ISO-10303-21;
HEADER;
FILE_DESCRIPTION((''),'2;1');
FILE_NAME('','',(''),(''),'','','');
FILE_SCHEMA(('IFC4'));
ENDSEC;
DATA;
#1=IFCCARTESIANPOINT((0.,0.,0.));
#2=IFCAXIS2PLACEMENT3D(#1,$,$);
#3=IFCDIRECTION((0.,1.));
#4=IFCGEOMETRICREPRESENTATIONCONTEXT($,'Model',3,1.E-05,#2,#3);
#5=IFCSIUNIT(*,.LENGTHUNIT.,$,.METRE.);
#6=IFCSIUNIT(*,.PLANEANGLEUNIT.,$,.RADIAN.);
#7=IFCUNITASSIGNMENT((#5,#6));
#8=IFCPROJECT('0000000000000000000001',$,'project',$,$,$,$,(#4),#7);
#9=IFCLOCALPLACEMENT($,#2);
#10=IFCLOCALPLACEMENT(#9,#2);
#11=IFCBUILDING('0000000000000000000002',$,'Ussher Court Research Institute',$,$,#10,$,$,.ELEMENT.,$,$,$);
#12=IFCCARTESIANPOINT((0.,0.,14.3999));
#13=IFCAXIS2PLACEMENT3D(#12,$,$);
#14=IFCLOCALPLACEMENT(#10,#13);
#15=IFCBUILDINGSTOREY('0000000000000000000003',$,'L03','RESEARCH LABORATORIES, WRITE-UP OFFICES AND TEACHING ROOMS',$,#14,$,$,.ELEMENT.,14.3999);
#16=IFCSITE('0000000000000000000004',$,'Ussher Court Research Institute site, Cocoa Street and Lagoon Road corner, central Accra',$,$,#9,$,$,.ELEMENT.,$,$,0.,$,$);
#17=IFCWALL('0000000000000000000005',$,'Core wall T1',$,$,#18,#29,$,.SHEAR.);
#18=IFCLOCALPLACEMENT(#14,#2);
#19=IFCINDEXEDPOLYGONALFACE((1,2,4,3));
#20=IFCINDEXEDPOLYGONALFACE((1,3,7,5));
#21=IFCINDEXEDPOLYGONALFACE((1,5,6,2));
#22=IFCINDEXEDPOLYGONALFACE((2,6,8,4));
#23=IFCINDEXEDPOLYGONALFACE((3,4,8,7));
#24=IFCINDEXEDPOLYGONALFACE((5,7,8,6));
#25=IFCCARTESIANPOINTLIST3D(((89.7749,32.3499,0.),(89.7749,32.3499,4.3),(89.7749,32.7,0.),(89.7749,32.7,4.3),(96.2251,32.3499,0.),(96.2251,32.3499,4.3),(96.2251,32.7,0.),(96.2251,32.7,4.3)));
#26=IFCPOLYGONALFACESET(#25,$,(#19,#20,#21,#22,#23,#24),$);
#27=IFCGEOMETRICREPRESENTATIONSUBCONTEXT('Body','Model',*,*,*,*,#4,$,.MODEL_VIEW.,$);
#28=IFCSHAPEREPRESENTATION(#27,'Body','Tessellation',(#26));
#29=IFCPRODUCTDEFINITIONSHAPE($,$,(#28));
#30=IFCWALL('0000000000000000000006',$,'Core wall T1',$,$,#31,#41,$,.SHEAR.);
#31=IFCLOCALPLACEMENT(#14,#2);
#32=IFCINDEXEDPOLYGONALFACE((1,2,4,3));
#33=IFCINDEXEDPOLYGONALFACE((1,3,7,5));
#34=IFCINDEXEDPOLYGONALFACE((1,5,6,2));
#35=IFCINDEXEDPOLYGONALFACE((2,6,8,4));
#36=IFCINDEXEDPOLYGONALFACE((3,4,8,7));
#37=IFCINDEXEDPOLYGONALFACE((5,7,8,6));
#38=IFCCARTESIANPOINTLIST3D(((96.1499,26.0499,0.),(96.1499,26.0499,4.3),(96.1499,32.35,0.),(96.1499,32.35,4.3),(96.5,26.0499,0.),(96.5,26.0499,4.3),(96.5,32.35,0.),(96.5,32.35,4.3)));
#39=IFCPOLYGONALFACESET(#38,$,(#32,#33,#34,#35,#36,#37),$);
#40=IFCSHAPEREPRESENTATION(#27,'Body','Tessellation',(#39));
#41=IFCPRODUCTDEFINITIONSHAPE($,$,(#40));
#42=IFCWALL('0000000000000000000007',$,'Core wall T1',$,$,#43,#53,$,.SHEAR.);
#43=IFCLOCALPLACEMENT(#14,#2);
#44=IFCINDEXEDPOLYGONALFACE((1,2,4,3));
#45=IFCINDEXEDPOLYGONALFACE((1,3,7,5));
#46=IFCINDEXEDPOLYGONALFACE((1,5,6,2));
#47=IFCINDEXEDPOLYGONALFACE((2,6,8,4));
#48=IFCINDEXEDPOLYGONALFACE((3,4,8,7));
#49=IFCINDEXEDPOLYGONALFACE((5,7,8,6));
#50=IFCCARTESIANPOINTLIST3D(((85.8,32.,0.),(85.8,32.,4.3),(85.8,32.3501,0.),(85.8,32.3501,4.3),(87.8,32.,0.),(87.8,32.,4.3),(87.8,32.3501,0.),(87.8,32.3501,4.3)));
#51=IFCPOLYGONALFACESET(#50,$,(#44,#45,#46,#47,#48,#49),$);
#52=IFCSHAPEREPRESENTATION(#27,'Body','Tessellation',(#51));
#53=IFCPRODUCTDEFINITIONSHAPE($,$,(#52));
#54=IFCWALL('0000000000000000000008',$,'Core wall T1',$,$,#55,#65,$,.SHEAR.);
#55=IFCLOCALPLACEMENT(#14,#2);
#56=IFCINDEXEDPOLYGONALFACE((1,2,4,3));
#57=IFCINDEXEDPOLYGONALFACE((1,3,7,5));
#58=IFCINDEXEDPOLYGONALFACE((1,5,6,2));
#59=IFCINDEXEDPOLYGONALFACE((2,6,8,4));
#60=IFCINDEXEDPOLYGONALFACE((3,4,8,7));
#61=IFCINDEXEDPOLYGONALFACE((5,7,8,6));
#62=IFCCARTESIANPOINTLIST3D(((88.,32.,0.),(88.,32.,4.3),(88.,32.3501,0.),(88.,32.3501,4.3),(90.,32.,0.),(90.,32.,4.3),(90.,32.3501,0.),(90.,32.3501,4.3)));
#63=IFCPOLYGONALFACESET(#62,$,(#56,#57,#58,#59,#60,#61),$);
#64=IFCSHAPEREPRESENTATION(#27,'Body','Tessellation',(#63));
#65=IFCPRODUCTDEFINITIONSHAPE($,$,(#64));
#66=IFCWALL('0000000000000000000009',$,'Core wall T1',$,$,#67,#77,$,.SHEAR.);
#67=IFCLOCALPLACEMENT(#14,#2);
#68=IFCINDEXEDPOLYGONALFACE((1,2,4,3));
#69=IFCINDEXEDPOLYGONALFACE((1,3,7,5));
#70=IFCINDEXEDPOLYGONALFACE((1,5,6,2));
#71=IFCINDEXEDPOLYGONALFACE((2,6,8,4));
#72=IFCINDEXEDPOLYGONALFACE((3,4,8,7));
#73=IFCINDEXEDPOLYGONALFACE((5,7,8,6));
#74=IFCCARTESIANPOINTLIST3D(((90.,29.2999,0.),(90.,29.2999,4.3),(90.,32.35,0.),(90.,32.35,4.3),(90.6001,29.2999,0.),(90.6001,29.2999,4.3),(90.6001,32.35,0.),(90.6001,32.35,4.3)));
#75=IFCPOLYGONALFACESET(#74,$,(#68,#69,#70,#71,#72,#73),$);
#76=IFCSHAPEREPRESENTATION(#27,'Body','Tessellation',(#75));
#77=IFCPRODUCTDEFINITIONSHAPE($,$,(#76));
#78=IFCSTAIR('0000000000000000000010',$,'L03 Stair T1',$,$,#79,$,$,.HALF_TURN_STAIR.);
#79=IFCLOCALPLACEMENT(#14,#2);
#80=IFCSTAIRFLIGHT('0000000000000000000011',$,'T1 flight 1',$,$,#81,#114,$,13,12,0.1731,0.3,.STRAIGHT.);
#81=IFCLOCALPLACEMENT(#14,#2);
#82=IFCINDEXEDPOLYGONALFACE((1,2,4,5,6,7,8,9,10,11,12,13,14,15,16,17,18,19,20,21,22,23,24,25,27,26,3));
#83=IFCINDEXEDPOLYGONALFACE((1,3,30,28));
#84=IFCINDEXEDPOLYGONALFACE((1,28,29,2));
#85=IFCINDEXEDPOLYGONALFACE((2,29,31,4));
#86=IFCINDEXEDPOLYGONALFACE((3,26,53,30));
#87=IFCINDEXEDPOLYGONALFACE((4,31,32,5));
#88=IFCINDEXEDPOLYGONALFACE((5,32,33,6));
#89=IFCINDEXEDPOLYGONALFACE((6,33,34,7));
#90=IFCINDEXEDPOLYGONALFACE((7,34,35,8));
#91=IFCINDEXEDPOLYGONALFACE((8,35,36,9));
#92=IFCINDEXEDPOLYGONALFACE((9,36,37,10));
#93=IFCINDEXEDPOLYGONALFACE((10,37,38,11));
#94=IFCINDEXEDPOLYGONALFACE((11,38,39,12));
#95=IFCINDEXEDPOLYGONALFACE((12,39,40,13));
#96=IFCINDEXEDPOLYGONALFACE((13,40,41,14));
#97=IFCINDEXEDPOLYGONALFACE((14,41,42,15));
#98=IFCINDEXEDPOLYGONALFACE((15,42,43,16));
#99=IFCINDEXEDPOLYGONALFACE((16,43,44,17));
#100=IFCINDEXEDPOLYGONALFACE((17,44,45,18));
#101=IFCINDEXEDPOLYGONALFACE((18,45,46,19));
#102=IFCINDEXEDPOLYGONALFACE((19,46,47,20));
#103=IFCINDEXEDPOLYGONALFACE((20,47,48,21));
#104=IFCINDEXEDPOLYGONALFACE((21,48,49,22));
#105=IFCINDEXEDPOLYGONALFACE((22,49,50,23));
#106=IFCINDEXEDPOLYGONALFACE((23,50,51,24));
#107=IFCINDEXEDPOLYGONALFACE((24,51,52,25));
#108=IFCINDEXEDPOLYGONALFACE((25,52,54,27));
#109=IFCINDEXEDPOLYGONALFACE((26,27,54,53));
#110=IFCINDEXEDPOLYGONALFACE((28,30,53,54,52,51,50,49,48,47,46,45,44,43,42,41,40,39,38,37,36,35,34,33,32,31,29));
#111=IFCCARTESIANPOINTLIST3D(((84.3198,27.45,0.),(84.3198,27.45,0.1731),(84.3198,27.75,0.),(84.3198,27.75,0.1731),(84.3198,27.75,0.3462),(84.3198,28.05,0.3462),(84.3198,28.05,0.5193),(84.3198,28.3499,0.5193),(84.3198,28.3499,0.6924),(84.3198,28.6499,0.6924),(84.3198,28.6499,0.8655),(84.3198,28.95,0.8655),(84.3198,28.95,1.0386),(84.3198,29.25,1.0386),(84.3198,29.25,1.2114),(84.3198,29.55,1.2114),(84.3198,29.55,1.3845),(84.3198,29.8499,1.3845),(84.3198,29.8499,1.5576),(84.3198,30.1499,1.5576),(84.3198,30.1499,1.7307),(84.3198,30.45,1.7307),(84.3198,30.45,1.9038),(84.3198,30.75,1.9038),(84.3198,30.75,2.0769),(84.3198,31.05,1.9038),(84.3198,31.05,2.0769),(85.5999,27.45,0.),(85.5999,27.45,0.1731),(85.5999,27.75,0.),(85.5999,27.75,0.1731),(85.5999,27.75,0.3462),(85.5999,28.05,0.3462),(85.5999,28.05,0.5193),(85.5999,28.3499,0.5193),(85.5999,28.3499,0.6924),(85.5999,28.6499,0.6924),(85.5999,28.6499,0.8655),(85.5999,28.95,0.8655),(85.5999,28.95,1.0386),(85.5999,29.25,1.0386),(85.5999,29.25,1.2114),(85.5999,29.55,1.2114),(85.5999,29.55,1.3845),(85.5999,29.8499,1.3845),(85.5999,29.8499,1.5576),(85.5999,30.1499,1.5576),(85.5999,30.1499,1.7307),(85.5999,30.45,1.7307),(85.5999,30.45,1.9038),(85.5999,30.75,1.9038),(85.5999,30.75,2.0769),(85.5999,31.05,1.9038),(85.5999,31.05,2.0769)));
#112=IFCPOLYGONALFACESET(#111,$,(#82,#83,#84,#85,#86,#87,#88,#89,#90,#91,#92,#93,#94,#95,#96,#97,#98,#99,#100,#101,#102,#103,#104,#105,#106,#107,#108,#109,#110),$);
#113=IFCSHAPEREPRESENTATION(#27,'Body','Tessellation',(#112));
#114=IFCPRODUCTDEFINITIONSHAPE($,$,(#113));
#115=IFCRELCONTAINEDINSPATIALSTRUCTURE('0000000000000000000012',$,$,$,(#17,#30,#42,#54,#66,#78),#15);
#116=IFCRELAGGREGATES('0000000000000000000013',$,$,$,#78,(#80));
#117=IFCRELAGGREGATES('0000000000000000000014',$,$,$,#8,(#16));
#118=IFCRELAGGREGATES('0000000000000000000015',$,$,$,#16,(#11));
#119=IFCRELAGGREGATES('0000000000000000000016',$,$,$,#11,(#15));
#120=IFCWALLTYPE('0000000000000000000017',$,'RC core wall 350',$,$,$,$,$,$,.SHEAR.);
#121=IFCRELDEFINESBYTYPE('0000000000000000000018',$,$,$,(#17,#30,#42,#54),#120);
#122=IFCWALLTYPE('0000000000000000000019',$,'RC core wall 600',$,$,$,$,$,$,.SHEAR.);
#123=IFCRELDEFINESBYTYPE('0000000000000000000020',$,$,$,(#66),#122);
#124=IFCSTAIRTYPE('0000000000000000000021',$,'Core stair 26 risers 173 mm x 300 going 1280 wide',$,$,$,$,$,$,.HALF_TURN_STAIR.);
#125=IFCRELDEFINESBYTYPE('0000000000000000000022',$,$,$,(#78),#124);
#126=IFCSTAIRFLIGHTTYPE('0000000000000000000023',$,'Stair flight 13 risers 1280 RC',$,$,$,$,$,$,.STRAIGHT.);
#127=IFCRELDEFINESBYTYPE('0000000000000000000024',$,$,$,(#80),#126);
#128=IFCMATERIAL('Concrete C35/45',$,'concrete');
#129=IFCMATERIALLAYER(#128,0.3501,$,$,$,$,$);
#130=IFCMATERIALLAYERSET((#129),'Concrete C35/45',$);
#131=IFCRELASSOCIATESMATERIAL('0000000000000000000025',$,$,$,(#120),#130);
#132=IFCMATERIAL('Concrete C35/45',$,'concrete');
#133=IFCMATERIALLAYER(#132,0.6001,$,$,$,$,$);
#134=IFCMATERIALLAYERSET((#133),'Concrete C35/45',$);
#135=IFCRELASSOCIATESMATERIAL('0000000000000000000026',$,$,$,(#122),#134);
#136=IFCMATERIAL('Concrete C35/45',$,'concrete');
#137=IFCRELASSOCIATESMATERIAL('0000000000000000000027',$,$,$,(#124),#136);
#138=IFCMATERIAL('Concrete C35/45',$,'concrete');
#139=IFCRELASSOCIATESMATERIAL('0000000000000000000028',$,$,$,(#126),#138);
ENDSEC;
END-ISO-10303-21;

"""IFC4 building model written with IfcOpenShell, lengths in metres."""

from ifc_helpers import new_model, si_unit, direction, frame, frame_2d, origin, place, context, subcontext, project, spatial, polyline, rectangle, outline, extrude, material, layer, layer_set, type_object, element, aggregate, save


model = new_model("IFC4")

# Units and contexts
model_context = context("Model", 3, precision=1e-05, world=origin(), true_north=direction((0.0, 1.0)))
body_context = subcontext(model_context, "Body", "Model", "MODEL_VIEW")
ifc_project = project(units=[si_unit("LENGTHUNIT", "METRE"), si_unit("PLANEANGLEUNIT", "RADIAN")], contexts=[model_context])

# Site, building, storey
site_placement = place(None, origin())
site = spatial("IfcSite", under=ifc_project, at=site_placement, Name="Ussher Court Research Institute site, Cocoa Street and Lagoon Road corner, central Accra", CompositionType="ELEMENT", RefElevation=0.0)
building_placement = place(site_placement, origin())
building = spatial("IfcBuilding", under=site, at=building_placement, Name="Ussher Court Research Institute", CompositionType="ELEMENT")
storey_placement = place(building_placement, frame((0.0, 0.0, 14.3999)))
storey = spatial("IfcBuildingStorey", under=building, at=storey_placement, Name="L03", Description="RESEARCH LABORATORIES, WRITE-UP OFFICES AND TEACHING ROOMS", CompositionType="ELEMENT", Elevation=14.3999)

# Walls
ifc_material_1 = material(Name="Concrete C35/45", Category="concrete")
ifc_layer_1 = layer(ifc_material_1, 0.3501)
ifc_layer_set_1 = layer_set([ifc_layer_1], Name="Concrete C35/45")
wall_type_1 = type_object("IfcWallType", Name="RC core wall 350", PredefinedType="SHEAR", material=ifc_layer_set_1)
wall_1_placement = place(storey_placement, frame((89.7749, 32.5249, 0.0), z_axis=(0.0, 0.0, 1.0), x_axis=(1.0, 0.0, 0.0)))
element("IfcWall", 1, at=wall_1_placement, inside=storey, type_object=wall_type_1, Name="Core wall T1", PredefinedType="SHEAR", context=body_context, shape_type="SweptSolid", body=[
    extrude(rectangle(XDim=6.4502, YDim=0.3501, at=frame_2d((3.2251, 0.0))), origin(), (0.0, 0.0, 1.0), 4.3),
])
wall_2_placement = place(storey_placement, frame((96.325, 26.05, 0.0), z_axis=(0.0, 0.0, 1.0), x_axis=(0.0, 1.0, 0.0)))
element("IfcWall", 2, at=wall_2_placement, inside=storey, type_object=wall_type_1, Name="Core wall T1", PredefinedType="SHEAR", context=body_context, shape_type="SweptSolid", body=[
    extrude(rectangle(XDim=6.3, YDim=0.3501, at=frame_2d((3.1499, 0.0))), origin(), (0.0, 0.0, 1.0), 4.3),
])
for number, where, z_axis, x_axis, name in (
    (3, (85.8, 32.175, 0.0), (0.0, 0.0, 1.0), (1.0, 0.0, 0.0), "Core wall T1"),
    (4, (88.0, 32.175, 0.0), (0.0, 0.0, 1.0), (1.0, 0.0, 0.0), "Core wall T1"),
):
    element("IfcWall", number, at=place(storey_placement, frame(where, z_axis=z_axis, x_axis=x_axis)), inside=storey, type_object=wall_type_1, Name=name, PredefinedType="SHEAR", context=body_context, shape_type="SweptSolid", body=[
        extrude(rectangle(XDim=2.0, YDim=0.3501, at=frame_2d((1.0, 0.0))), origin(), (0.0, 0.0, 1.0), 4.3),
    ])
ifc_material_2 = material(Name="Concrete C35/45", Category="concrete")
ifc_layer_2 = layer(ifc_material_2, 0.6001)
ifc_layer_set_2 = layer_set([ifc_layer_2], Name="Concrete C35/45")
wall_type_2 = type_object("IfcWallType", Name="RC core wall 600", PredefinedType="SHEAR", material=ifc_layer_set_2)
wall_3_placement = place(storey_placement, frame((90.3, 29.3, 0.0), z_axis=(0.0, 0.0, 1.0), x_axis=(0.0, 1.0, 0.0)))
element("IfcWall", 5, at=wall_3_placement, inside=storey, type_object=wall_type_2, Name="Core wall T1", PredefinedType="SHEAR", context=body_context, shape_type="SweptSolid", body=[
    extrude(rectangle(XDim=3.05, YDim=0.6001, at=frame_2d((1.5249, 0.0))), origin(), (0.0, 0.0, 1.0), 4.3),
])

# Stair, stair flight
ifc_material_3 = material(Name="Concrete C35/45", Category="concrete")
stair_type = type_object("IfcStairType", Name="Core stair 26 risers 173 mm x 300 going 1280 wide", PredefinedType="HALF_TURN_STAIR", material=ifc_material_3)
stair_placement = place(storey_placement, origin())
stair = element("IfcStair", 6, at=stair_placement, inside=storey, type_object=stair_type, Name="L03 Stair T1", PredefinedType="HALF_TURN_STAIR")
ifc_material_4 = material(Name="Concrete C35/45", Category="concrete")
stair_flight_type = type_object("IfcStairFlightType", Name="Stair flight 13 risers 1280 RC", PredefinedType="STRAIGHT", material=ifc_material_4)
stair_flight_placement = place(storey_placement, frame((84.96, 27.45, 0.0), z_axis=(0.0, 0.0, 1.0), x_axis=(0.0, 1.0, 0.0)))
stair_flight = element("IfcStairFlight", 7, at=stair_flight_placement, type_object=stair_flight_type, Name="T1 flight 1", NumberOfRisers=13, NumberOfTreads=12, PredefinedType="STRAIGHT", RiserHeight=0.1731, TreadLength=0.3, context=body_context, shape_type="SweptSolid", body=[
    extrude(outline(polyline([(0.0, 0.0), (0.0, 0.1731), (0.3, 0.1731), (0.3, 0.3462), (0.6001, 0.3462), (0.6001, 0.5193), (0.8999, 0.5193), (0.8999, 0.6924), (1.2, 0.6924), (1.2, 0.8655), (1.5, 0.8655), (1.5, 1.0386), (1.8, 1.0386), (1.8, 1.2114), (2.1001, 1.2114), (2.1001, 1.3845), (2.3999, 1.3845), (2.3999, 1.5576), (2.7, 1.5576), (2.7, 1.7307), (3.0, 1.7307), (3.0, 1.9038), (3.3, 1.9038), (3.3, 2.0769), (3.6001, 2.0769), (3.6001, 2.25), (3.6001, 1.9038), (0.3, 0.0), (0.0, 0.0)])), frame((0.0, 0.6401, 0.0), z_axis=(0.0, -1.0, 0.0), x_axis=(1.0, 0.0, 0.0)), (0.0, 0.0, 1.0), 1.28),
])
aggregate(stair, [stair_flight])

save(model, "model.ifc")
